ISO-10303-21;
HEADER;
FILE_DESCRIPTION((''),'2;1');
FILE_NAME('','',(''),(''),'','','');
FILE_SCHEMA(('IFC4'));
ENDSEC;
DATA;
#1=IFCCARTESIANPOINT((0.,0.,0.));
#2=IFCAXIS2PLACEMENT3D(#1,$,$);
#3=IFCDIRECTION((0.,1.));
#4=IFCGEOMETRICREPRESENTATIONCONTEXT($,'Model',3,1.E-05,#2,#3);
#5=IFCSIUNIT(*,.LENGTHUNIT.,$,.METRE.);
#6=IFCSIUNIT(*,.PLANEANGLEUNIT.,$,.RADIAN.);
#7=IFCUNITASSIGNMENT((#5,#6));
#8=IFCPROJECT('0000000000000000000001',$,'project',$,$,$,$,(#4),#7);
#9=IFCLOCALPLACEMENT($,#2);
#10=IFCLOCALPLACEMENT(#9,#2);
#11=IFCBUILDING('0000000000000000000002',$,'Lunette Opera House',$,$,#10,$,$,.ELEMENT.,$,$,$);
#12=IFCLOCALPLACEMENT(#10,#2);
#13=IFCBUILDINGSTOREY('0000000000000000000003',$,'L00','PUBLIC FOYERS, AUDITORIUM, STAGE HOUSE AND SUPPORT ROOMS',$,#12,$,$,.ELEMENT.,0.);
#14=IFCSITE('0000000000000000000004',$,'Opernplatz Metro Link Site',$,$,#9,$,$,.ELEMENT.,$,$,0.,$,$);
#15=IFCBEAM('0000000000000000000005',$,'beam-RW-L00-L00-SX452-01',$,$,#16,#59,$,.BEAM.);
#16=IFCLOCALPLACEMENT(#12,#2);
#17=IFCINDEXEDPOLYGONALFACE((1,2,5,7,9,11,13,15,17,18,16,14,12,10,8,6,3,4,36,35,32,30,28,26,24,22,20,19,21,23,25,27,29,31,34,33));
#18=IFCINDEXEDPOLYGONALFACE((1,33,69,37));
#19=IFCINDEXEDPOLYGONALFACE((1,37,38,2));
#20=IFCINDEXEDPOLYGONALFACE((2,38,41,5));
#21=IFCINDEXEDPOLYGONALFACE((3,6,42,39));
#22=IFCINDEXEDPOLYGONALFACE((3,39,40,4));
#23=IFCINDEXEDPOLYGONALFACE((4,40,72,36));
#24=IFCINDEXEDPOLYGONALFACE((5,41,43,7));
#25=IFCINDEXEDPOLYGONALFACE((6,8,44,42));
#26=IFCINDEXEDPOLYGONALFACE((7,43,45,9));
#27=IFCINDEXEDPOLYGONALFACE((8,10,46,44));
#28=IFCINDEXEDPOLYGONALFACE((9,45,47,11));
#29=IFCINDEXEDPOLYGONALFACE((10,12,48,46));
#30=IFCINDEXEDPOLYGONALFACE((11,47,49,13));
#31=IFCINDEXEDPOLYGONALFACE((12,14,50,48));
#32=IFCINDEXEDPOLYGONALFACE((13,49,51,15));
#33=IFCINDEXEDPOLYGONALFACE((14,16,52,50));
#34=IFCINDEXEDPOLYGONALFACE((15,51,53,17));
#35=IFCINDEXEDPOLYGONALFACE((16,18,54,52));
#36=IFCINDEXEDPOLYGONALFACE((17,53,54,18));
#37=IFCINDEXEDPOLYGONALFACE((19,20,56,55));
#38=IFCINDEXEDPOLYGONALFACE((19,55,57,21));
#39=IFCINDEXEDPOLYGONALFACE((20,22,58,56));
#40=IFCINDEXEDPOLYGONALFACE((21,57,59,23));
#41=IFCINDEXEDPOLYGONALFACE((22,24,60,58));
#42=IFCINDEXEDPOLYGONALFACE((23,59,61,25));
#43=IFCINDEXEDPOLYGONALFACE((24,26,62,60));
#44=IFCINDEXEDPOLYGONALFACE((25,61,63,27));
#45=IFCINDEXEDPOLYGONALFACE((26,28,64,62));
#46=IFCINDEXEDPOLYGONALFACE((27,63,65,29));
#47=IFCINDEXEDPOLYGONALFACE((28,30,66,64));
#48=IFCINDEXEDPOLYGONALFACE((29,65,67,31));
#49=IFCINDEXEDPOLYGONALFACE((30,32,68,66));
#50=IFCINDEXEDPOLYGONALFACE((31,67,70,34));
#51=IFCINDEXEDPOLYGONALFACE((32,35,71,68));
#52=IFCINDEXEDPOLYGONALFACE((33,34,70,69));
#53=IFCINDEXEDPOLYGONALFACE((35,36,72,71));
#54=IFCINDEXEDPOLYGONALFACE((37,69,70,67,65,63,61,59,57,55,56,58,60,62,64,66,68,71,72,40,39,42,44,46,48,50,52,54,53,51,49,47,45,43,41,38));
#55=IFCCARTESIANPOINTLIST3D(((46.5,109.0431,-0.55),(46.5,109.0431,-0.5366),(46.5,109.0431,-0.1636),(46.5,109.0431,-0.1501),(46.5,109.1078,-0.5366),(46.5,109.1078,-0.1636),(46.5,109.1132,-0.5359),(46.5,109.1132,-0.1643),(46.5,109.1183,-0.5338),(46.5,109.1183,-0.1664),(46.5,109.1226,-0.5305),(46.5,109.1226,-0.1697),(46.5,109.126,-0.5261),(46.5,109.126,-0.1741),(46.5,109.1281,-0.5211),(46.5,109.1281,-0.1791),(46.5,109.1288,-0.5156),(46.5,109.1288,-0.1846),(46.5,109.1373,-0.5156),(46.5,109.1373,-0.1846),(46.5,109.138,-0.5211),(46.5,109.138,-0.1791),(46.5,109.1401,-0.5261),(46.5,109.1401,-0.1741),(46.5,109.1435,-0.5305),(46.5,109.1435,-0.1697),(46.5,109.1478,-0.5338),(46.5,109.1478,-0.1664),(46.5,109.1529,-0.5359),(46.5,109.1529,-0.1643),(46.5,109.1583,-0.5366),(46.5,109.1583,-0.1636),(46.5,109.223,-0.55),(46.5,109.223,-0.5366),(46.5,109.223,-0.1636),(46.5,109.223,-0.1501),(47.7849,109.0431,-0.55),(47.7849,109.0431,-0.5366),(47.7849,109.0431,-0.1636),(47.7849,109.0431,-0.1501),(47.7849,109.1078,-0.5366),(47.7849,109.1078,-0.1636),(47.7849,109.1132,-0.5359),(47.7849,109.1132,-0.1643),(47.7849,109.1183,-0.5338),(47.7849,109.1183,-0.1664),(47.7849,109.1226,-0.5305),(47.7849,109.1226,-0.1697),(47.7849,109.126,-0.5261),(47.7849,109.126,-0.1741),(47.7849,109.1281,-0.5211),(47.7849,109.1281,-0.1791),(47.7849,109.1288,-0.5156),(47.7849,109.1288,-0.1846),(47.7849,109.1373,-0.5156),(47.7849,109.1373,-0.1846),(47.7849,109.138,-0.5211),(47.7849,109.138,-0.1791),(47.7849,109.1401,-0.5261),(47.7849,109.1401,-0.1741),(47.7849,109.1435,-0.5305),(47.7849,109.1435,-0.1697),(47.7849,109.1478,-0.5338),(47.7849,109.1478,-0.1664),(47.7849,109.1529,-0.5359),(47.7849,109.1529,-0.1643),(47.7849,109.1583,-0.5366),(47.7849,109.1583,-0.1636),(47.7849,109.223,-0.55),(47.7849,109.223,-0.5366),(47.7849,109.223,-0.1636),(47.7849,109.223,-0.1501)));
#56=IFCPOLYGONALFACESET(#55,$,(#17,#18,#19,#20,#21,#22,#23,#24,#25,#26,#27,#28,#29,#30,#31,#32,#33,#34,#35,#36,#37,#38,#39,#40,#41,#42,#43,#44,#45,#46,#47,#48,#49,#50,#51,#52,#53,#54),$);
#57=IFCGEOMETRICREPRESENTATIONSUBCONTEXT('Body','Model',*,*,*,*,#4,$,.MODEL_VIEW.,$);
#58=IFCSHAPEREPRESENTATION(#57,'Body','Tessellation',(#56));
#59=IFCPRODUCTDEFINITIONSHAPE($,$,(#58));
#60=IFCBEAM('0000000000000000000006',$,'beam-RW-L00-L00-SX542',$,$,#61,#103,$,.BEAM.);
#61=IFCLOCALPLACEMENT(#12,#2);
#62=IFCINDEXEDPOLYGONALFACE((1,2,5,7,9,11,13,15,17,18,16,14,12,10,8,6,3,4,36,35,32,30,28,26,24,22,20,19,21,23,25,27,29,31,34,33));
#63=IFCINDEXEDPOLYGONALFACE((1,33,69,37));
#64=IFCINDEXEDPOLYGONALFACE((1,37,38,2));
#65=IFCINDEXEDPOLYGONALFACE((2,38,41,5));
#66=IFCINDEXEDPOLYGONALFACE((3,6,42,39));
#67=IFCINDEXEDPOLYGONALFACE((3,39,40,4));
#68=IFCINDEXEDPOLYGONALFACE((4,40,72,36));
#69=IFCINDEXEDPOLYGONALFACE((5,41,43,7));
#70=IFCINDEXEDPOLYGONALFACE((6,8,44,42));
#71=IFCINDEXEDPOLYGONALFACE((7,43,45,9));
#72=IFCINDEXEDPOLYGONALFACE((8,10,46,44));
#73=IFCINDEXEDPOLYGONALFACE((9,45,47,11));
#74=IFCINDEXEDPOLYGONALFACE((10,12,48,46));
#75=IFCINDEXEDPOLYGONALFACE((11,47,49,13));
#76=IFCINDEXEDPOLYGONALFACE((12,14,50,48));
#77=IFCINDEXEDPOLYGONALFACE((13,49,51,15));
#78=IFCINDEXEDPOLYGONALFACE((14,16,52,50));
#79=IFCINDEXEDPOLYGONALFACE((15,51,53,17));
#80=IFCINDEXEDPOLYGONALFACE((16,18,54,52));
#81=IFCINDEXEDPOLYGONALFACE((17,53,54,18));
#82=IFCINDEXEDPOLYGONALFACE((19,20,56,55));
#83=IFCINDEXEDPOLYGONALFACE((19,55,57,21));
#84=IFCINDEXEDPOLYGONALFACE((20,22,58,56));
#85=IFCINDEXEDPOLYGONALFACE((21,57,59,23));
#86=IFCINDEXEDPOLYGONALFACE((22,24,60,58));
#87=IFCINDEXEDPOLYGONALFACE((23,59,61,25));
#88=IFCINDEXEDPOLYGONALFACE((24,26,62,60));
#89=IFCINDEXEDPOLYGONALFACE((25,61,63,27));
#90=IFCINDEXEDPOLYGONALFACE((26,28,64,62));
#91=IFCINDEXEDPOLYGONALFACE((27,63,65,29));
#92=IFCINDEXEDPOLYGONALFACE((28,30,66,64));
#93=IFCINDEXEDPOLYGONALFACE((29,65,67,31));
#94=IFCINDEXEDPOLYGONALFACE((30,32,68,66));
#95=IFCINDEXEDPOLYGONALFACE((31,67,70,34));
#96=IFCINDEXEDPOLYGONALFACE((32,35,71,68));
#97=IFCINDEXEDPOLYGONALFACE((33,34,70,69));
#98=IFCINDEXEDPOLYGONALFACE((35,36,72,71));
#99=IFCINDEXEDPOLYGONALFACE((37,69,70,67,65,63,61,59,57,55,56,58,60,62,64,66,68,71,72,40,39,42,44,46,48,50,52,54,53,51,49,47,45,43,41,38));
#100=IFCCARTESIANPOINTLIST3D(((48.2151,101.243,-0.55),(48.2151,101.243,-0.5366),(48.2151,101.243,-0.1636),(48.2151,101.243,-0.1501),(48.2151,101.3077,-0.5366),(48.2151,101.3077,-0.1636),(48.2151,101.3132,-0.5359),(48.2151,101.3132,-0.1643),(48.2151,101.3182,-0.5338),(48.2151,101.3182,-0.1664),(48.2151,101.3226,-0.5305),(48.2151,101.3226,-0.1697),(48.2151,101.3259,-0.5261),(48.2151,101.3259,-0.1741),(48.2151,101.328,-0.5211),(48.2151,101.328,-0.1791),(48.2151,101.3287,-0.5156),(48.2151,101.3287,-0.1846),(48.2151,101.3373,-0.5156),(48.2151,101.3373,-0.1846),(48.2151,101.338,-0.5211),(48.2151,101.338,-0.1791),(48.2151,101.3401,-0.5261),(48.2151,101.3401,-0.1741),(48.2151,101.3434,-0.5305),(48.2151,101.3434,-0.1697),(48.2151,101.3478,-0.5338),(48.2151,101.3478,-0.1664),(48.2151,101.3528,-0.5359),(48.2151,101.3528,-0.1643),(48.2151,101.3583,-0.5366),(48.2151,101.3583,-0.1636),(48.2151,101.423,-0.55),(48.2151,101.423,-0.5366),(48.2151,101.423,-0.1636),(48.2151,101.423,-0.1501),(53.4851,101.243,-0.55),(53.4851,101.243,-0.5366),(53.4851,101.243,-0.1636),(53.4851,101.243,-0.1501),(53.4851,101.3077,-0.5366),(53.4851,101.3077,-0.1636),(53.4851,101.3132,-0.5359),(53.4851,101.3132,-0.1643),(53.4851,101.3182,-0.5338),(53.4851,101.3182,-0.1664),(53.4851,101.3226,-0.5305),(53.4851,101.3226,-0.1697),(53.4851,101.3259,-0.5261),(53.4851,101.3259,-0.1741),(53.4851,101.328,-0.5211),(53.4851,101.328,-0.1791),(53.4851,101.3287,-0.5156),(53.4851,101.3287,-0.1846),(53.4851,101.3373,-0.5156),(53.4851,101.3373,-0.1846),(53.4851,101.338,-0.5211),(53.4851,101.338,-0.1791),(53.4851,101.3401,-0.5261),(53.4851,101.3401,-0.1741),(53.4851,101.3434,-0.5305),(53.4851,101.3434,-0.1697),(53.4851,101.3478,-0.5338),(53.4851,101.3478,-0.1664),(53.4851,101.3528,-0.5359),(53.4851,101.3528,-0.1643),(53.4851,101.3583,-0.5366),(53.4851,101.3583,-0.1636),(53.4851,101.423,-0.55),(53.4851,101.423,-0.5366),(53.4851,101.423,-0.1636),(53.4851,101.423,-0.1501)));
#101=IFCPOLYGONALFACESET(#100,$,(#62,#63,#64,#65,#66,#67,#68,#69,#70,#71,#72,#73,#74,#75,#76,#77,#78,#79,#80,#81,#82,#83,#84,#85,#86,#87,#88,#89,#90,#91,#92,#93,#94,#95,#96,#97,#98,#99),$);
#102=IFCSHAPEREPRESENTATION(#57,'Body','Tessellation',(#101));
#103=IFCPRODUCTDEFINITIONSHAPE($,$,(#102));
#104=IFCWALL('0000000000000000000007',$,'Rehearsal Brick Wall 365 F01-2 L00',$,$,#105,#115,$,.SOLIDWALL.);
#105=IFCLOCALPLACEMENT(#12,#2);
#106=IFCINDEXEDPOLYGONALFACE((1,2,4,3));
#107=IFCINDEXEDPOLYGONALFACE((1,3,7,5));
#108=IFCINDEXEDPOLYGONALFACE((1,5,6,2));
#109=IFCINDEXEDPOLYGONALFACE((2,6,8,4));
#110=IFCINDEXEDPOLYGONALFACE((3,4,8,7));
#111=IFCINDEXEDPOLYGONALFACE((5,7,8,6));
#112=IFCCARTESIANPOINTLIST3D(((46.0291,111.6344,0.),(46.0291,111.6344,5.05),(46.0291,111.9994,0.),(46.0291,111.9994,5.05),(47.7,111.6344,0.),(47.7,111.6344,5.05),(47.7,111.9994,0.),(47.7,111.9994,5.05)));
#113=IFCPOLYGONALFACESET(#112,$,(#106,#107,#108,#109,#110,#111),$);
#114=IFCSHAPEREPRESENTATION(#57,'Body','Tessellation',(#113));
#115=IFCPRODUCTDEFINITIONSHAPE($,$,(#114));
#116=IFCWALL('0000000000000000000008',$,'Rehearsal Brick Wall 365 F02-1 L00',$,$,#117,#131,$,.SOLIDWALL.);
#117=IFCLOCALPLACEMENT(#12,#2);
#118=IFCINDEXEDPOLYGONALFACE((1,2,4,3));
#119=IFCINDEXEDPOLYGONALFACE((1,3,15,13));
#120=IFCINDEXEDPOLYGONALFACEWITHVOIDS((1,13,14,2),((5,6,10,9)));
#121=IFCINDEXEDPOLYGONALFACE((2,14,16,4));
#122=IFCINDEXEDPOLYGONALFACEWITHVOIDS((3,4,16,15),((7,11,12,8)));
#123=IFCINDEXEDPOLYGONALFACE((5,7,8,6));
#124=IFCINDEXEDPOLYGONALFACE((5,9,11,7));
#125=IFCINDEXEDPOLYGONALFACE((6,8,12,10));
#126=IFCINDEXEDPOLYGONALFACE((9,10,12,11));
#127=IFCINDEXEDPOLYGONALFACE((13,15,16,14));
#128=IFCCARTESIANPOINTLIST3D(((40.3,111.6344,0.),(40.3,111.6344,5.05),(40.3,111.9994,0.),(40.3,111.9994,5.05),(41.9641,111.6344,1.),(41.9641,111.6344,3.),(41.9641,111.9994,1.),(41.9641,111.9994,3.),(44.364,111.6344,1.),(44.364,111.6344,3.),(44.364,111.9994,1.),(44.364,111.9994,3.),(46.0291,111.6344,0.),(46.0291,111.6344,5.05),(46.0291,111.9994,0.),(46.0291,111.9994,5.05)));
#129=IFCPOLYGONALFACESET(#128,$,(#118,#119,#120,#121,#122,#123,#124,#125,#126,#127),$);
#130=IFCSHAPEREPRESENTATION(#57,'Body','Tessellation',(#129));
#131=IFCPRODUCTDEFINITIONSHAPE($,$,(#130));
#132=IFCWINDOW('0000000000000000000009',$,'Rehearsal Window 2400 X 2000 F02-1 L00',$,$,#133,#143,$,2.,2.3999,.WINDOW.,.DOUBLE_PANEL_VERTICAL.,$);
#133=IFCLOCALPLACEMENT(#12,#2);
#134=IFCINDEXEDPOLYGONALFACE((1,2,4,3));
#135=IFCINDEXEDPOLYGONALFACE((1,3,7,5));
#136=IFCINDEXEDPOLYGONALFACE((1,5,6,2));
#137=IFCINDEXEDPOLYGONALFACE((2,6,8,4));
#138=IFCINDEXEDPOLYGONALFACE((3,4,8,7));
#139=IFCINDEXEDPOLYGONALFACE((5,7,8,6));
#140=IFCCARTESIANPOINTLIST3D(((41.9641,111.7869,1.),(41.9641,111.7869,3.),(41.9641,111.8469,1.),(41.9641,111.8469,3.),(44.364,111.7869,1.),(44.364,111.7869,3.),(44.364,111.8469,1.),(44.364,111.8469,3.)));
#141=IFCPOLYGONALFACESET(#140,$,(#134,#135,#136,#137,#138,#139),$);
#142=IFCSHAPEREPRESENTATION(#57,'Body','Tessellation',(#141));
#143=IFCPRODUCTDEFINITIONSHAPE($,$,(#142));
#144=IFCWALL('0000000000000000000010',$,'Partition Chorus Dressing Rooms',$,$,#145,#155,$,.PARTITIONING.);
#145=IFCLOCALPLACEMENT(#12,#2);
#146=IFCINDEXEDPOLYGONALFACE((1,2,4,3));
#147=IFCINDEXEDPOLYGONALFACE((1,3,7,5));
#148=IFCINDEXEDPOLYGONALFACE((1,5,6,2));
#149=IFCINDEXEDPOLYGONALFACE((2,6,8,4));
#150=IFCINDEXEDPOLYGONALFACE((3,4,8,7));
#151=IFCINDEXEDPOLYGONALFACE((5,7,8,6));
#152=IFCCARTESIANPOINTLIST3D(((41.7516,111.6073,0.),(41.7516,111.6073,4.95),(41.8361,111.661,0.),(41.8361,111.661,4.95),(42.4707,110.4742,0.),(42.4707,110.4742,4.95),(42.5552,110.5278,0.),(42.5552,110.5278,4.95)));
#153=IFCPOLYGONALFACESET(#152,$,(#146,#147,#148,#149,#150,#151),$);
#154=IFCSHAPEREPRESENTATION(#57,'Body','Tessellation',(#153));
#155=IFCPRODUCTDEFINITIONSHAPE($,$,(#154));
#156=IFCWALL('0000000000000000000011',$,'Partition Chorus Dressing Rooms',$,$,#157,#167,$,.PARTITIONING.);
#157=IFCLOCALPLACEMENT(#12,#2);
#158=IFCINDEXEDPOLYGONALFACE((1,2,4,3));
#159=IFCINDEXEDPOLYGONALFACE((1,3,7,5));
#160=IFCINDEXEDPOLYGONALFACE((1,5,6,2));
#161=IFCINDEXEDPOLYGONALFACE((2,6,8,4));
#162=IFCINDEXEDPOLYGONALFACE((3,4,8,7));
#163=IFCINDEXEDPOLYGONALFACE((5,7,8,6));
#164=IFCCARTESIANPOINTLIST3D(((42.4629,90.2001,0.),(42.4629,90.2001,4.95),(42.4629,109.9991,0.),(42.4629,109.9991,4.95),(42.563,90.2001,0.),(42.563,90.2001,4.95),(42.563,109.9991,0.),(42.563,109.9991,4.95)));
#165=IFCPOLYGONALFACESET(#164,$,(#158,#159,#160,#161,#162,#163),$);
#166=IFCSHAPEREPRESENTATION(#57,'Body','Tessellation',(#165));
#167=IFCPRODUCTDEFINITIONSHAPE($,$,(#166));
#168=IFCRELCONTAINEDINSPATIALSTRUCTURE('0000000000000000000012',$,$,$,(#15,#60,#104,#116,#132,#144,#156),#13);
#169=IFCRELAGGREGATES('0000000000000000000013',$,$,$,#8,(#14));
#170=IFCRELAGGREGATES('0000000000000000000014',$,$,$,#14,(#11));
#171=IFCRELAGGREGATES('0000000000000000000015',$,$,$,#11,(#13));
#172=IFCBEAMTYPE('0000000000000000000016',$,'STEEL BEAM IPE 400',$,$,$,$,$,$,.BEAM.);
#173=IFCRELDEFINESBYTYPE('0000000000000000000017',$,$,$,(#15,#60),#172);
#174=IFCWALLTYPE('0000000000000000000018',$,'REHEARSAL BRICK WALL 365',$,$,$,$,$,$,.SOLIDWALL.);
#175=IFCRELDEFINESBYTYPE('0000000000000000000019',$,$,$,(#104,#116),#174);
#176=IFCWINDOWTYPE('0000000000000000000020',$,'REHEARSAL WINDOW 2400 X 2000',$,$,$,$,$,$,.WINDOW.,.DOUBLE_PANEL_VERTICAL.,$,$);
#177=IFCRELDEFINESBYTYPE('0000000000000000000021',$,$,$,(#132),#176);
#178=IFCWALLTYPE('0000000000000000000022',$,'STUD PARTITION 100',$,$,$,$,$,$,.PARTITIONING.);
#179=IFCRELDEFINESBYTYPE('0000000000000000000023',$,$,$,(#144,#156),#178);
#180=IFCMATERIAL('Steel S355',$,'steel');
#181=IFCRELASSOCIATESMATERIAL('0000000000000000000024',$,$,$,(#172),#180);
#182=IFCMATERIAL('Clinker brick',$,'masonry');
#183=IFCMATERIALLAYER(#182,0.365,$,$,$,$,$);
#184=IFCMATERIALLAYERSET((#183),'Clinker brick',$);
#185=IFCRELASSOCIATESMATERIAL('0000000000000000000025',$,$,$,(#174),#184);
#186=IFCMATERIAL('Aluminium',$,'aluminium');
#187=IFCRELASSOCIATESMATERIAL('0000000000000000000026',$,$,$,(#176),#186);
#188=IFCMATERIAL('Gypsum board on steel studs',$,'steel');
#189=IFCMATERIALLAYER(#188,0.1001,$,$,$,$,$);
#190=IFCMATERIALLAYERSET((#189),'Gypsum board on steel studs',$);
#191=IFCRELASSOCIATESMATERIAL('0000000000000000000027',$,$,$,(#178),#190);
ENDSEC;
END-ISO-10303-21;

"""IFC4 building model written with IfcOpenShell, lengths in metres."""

from ifc_helpers import new_model, si_unit, direction, frame, frame_2d, origin, origin_2d, place, context, subcontext, project, spatial, rectangle, i_section, extrude, material, layer, layer_set, material_profile, profile_set, type_object, element, fill, save


model = new_model("IFC4")

# Units and contexts
model_context = context("Model", 3, precision=1e-05, world=origin(), true_north=direction((0.0, 1.0)))
body_context = subcontext(model_context, "Body", "Model", "MODEL_VIEW")
ifc_project = project(units=[si_unit("LENGTHUNIT", "METRE"), si_unit("PLANEANGLEUNIT", "RADIAN")], contexts=[model_context])

# Site, building, storey
site_placement = place(None, origin())
site = spatial("IfcSite", under=ifc_project, at=site_placement, Name="Opernplatz Metro Link Site", CompositionType="ELEMENT", RefElevation=0.0)
building_placement = place(site_placement, origin())
building = spatial("IfcBuilding", under=site, at=building_placement, Name="Lunette Opera House", CompositionType="ELEMENT")
storey_placement = place(building_placement, origin())
storey = spatial("IfcBuildingStorey", under=building, at=storey_placement, Name="L00", Description="PUBLIC FOYERS, AUDITORIUM, STAGE HOUSE AND SUPPORT ROOMS", CompositionType="ELEMENT", Elevation=0.0)

# Beams
ifc_material_1 = material(Name="Steel S355", Category="steel")
ifc_material_profile_1 = material_profile(ifc_material_1, i_section(OverallWidth=0.1799, OverallDepth=0.3999, WebThickness=0.0085, FlangeThickness=0.0134, FilletRadius=0.021, at=origin_2d()), Name="IPE 400")
ifc_profile_set_1 = profile_set([ifc_material_profile_1], Name="Steel S355")
beam_type_1 = type_object("IfcBeamType", Name="STEEL BEAM IPE 400", PredefinedType="BEAM", material=ifc_profile_set_1)
for number, where, z_axis, x_axis, name in (
    (1, (46.5, 109.1331, -0.3501), (1.0, 0.0, 0.0), (0.0, 1.0, 0.0), "beam-RW-L00-L00-SX452-01"),
):
    element("IfcBeam", number, at=place(storey_placement, frame(where, z_axis=z_axis, x_axis=x_axis)), inside=storey, type_object=beam_type_1, Name=name, PredefinedType="BEAM", context=body_context, shape_type="SweptSolid", body=[
        extrude(i_section(OverallWidth=0.1799, OverallDepth=0.3999, WebThickness=0.0085, FlangeThickness=0.0134, FilletRadius=0.021, at=origin_2d()), origin(), (0.0, 0.0, 1.0), 1.2849),
    ])
beam_1_placement = place(storey_placement, frame((48.2151, 101.333, -0.3501), z_axis=(1.0, 0.0, 0.0), x_axis=(0.0, 1.0, 0.0)))
element("IfcBeam", 2, at=beam_1_placement, inside=storey, type_object=beam_type_1, Name="beam-RW-L00-L00-SX542", PredefinedType="BEAM", context=body_context, shape_type="SweptSolid", body=[
    extrude(i_section(OverallWidth=0.1799, OverallDepth=0.3999, WebThickness=0.0085, FlangeThickness=0.0134, FilletRadius=0.021, at=origin_2d()), origin(), (0.0, 0.0, 1.0), 5.27),
])

# Wall
ifc_material_2 = material(Name="Clinker brick", Category="masonry")
ifc_layer_1 = layer(ifc_material_2, 0.365)
ifc_layer_set_1 = layer_set([ifc_layer_1], Name="Clinker brick")
wall_type_1 = type_object("IfcWallType", Name="REHEARSAL BRICK WALL 365", PredefinedType="SOLIDWALL", material=ifc_layer_set_1)
wall_1_placement = place(storey_placement, frame((47.7, 111.8169, 0.0), z_axis=(0.0, 0.0, 1.0), x_axis=(-1.0, 0.0, 0.0)))
element("IfcWall", 3, at=wall_1_placement, inside=storey, type_object=wall_type_1, Name="Rehearsal Brick Wall 365 F01-2 L00", PredefinedType="SOLIDWALL", context=body_context, shape_type="SweptSolid", body=[
    extrude(rectangle(XDim=1.6709, YDim=0.365, at=frame_2d((0.8354, 0.0))), origin(), (0.0, 0.0, 1.0), 5.05),
])

# Wall, opening, window
wall_2_placement = place(storey_placement, frame((46.0291, 111.8169, 0.0), z_axis=(0.0, 0.0, 1.0), x_axis=(-1.0, 0.0, 0.0)))
wall_2 = element("IfcWall", 4, at=wall_2_placement, inside=storey, type_object=wall_type_1, Name="Rehearsal Brick Wall 365 F02-1 L00", PredefinedType="SOLIDWALL", context=body_context, shape_type="SweptSolid", body=[
    extrude(rectangle(XDim=5.729, YDim=0.365, at=frame_2d((2.8645, 0.0))), origin(), (0.0, 0.0, 1.0), 5.05),
])
opening_1_placement = place(wall_2_placement, frame((1.665, 0.0, 1.0)))
opening_1 = element("IfcOpeningElement", 5, at=opening_1_placement, cuts=wall_2, PredefinedType="OPENING", context=body_context, shape_type="SweptSolid", body=[
    extrude(rectangle(XDim=2.3999, YDim=2.0, at=frame_2d((1.2, 1.0))), frame((0.0, 0.1946, 0.0), z_axis=(0.0, -1.0, 0.0), x_axis=(1.0, 0.0, 0.0)), (0.0, 0.0, 1.0), 0.3889),
])
ifc_material_3 = material(Name="Aluminium", Category="aluminium")
window_type = type_object("IfcWindowType", Name="REHEARSAL WINDOW 2400 X 2000", PartitioningType="DOUBLE_PANEL_VERTICAL", PredefinedType="WINDOW", material=ifc_material_3)
window_placement = place(opening_1_placement, origin())
window = element("IfcWindow", 6, at=window_placement, inside=storey, type_object=window_type, Name="Rehearsal Window 2400 X 2000 F02-1 L00", OverallHeight=2.0, OverallWidth=2.3999, PartitioningType="DOUBLE_PANEL_VERTICAL", PredefinedType="WINDOW", context=body_context, shape_type="SweptSolid", body=[
    extrude(rectangle(XDim=2.3999, YDim=2.0, at=frame_2d((1.2, 1.0))), frame((0.0, 0.03, 0.0), z_axis=(0.0, -1.0, 0.0), x_axis=(1.0, 0.0, 0.0)), (0.0, 0.0, 1.0), 0.0601),
])
fill(opening_1, window)

# Walls
ifc_material_4 = material(Name="Gypsum board on steel studs", Category="steel")
ifc_layer_2 = layer(ifc_material_4, 0.1001)
ifc_layer_set_2 = layer_set([ifc_layer_2], Name="Gypsum board on steel studs")
wall_type_2 = type_object("IfcWallType", Name="STUD PARTITION 100", PredefinedType="PARTITIONING", material=ifc_layer_set_2)
wall_3_placement = place(storey_placement, frame((41.7939, 111.634, 0.0), z_axis=(0.0, 0.0, 1.0), x_axis=(0.535792, -0.84435, 0.0)))
element("IfcWall", 7, at=wall_3_placement, inside=storey, type_object=wall_type_2, Name="Partition Chorus Dressing Rooms", PredefinedType="PARTITIONING", context=body_context, shape_type="SweptSolid", body=[
    extrude(rectangle(XDim=1.342, YDim=0.1001, at=frame_2d((0.6709, 0.0))), origin(), (0.0, 0.0, 1.0), 4.95),
])
wall_4_placement = place(storey_placement, frame((42.5129, 109.999, 0.0), z_axis=(0.0, 0.0, 1.0), x_axis=(0.0, -1.0, 0.0)))
element("IfcWall", 8, at=wall_4_placement, inside=storey, type_object=wall_type_2, Name="Partition Chorus Dressing Rooms", PredefinedType="PARTITIONING", context=body_context, shape_type="SweptSolid", body=[
    extrude(rectangle(XDim=19.7991, YDim=0.1001, at=frame_2d((9.8994, 0.0))), origin(), (0.0, 0.0, 1.0), 4.95),
])

save(model, "model.ifc")
